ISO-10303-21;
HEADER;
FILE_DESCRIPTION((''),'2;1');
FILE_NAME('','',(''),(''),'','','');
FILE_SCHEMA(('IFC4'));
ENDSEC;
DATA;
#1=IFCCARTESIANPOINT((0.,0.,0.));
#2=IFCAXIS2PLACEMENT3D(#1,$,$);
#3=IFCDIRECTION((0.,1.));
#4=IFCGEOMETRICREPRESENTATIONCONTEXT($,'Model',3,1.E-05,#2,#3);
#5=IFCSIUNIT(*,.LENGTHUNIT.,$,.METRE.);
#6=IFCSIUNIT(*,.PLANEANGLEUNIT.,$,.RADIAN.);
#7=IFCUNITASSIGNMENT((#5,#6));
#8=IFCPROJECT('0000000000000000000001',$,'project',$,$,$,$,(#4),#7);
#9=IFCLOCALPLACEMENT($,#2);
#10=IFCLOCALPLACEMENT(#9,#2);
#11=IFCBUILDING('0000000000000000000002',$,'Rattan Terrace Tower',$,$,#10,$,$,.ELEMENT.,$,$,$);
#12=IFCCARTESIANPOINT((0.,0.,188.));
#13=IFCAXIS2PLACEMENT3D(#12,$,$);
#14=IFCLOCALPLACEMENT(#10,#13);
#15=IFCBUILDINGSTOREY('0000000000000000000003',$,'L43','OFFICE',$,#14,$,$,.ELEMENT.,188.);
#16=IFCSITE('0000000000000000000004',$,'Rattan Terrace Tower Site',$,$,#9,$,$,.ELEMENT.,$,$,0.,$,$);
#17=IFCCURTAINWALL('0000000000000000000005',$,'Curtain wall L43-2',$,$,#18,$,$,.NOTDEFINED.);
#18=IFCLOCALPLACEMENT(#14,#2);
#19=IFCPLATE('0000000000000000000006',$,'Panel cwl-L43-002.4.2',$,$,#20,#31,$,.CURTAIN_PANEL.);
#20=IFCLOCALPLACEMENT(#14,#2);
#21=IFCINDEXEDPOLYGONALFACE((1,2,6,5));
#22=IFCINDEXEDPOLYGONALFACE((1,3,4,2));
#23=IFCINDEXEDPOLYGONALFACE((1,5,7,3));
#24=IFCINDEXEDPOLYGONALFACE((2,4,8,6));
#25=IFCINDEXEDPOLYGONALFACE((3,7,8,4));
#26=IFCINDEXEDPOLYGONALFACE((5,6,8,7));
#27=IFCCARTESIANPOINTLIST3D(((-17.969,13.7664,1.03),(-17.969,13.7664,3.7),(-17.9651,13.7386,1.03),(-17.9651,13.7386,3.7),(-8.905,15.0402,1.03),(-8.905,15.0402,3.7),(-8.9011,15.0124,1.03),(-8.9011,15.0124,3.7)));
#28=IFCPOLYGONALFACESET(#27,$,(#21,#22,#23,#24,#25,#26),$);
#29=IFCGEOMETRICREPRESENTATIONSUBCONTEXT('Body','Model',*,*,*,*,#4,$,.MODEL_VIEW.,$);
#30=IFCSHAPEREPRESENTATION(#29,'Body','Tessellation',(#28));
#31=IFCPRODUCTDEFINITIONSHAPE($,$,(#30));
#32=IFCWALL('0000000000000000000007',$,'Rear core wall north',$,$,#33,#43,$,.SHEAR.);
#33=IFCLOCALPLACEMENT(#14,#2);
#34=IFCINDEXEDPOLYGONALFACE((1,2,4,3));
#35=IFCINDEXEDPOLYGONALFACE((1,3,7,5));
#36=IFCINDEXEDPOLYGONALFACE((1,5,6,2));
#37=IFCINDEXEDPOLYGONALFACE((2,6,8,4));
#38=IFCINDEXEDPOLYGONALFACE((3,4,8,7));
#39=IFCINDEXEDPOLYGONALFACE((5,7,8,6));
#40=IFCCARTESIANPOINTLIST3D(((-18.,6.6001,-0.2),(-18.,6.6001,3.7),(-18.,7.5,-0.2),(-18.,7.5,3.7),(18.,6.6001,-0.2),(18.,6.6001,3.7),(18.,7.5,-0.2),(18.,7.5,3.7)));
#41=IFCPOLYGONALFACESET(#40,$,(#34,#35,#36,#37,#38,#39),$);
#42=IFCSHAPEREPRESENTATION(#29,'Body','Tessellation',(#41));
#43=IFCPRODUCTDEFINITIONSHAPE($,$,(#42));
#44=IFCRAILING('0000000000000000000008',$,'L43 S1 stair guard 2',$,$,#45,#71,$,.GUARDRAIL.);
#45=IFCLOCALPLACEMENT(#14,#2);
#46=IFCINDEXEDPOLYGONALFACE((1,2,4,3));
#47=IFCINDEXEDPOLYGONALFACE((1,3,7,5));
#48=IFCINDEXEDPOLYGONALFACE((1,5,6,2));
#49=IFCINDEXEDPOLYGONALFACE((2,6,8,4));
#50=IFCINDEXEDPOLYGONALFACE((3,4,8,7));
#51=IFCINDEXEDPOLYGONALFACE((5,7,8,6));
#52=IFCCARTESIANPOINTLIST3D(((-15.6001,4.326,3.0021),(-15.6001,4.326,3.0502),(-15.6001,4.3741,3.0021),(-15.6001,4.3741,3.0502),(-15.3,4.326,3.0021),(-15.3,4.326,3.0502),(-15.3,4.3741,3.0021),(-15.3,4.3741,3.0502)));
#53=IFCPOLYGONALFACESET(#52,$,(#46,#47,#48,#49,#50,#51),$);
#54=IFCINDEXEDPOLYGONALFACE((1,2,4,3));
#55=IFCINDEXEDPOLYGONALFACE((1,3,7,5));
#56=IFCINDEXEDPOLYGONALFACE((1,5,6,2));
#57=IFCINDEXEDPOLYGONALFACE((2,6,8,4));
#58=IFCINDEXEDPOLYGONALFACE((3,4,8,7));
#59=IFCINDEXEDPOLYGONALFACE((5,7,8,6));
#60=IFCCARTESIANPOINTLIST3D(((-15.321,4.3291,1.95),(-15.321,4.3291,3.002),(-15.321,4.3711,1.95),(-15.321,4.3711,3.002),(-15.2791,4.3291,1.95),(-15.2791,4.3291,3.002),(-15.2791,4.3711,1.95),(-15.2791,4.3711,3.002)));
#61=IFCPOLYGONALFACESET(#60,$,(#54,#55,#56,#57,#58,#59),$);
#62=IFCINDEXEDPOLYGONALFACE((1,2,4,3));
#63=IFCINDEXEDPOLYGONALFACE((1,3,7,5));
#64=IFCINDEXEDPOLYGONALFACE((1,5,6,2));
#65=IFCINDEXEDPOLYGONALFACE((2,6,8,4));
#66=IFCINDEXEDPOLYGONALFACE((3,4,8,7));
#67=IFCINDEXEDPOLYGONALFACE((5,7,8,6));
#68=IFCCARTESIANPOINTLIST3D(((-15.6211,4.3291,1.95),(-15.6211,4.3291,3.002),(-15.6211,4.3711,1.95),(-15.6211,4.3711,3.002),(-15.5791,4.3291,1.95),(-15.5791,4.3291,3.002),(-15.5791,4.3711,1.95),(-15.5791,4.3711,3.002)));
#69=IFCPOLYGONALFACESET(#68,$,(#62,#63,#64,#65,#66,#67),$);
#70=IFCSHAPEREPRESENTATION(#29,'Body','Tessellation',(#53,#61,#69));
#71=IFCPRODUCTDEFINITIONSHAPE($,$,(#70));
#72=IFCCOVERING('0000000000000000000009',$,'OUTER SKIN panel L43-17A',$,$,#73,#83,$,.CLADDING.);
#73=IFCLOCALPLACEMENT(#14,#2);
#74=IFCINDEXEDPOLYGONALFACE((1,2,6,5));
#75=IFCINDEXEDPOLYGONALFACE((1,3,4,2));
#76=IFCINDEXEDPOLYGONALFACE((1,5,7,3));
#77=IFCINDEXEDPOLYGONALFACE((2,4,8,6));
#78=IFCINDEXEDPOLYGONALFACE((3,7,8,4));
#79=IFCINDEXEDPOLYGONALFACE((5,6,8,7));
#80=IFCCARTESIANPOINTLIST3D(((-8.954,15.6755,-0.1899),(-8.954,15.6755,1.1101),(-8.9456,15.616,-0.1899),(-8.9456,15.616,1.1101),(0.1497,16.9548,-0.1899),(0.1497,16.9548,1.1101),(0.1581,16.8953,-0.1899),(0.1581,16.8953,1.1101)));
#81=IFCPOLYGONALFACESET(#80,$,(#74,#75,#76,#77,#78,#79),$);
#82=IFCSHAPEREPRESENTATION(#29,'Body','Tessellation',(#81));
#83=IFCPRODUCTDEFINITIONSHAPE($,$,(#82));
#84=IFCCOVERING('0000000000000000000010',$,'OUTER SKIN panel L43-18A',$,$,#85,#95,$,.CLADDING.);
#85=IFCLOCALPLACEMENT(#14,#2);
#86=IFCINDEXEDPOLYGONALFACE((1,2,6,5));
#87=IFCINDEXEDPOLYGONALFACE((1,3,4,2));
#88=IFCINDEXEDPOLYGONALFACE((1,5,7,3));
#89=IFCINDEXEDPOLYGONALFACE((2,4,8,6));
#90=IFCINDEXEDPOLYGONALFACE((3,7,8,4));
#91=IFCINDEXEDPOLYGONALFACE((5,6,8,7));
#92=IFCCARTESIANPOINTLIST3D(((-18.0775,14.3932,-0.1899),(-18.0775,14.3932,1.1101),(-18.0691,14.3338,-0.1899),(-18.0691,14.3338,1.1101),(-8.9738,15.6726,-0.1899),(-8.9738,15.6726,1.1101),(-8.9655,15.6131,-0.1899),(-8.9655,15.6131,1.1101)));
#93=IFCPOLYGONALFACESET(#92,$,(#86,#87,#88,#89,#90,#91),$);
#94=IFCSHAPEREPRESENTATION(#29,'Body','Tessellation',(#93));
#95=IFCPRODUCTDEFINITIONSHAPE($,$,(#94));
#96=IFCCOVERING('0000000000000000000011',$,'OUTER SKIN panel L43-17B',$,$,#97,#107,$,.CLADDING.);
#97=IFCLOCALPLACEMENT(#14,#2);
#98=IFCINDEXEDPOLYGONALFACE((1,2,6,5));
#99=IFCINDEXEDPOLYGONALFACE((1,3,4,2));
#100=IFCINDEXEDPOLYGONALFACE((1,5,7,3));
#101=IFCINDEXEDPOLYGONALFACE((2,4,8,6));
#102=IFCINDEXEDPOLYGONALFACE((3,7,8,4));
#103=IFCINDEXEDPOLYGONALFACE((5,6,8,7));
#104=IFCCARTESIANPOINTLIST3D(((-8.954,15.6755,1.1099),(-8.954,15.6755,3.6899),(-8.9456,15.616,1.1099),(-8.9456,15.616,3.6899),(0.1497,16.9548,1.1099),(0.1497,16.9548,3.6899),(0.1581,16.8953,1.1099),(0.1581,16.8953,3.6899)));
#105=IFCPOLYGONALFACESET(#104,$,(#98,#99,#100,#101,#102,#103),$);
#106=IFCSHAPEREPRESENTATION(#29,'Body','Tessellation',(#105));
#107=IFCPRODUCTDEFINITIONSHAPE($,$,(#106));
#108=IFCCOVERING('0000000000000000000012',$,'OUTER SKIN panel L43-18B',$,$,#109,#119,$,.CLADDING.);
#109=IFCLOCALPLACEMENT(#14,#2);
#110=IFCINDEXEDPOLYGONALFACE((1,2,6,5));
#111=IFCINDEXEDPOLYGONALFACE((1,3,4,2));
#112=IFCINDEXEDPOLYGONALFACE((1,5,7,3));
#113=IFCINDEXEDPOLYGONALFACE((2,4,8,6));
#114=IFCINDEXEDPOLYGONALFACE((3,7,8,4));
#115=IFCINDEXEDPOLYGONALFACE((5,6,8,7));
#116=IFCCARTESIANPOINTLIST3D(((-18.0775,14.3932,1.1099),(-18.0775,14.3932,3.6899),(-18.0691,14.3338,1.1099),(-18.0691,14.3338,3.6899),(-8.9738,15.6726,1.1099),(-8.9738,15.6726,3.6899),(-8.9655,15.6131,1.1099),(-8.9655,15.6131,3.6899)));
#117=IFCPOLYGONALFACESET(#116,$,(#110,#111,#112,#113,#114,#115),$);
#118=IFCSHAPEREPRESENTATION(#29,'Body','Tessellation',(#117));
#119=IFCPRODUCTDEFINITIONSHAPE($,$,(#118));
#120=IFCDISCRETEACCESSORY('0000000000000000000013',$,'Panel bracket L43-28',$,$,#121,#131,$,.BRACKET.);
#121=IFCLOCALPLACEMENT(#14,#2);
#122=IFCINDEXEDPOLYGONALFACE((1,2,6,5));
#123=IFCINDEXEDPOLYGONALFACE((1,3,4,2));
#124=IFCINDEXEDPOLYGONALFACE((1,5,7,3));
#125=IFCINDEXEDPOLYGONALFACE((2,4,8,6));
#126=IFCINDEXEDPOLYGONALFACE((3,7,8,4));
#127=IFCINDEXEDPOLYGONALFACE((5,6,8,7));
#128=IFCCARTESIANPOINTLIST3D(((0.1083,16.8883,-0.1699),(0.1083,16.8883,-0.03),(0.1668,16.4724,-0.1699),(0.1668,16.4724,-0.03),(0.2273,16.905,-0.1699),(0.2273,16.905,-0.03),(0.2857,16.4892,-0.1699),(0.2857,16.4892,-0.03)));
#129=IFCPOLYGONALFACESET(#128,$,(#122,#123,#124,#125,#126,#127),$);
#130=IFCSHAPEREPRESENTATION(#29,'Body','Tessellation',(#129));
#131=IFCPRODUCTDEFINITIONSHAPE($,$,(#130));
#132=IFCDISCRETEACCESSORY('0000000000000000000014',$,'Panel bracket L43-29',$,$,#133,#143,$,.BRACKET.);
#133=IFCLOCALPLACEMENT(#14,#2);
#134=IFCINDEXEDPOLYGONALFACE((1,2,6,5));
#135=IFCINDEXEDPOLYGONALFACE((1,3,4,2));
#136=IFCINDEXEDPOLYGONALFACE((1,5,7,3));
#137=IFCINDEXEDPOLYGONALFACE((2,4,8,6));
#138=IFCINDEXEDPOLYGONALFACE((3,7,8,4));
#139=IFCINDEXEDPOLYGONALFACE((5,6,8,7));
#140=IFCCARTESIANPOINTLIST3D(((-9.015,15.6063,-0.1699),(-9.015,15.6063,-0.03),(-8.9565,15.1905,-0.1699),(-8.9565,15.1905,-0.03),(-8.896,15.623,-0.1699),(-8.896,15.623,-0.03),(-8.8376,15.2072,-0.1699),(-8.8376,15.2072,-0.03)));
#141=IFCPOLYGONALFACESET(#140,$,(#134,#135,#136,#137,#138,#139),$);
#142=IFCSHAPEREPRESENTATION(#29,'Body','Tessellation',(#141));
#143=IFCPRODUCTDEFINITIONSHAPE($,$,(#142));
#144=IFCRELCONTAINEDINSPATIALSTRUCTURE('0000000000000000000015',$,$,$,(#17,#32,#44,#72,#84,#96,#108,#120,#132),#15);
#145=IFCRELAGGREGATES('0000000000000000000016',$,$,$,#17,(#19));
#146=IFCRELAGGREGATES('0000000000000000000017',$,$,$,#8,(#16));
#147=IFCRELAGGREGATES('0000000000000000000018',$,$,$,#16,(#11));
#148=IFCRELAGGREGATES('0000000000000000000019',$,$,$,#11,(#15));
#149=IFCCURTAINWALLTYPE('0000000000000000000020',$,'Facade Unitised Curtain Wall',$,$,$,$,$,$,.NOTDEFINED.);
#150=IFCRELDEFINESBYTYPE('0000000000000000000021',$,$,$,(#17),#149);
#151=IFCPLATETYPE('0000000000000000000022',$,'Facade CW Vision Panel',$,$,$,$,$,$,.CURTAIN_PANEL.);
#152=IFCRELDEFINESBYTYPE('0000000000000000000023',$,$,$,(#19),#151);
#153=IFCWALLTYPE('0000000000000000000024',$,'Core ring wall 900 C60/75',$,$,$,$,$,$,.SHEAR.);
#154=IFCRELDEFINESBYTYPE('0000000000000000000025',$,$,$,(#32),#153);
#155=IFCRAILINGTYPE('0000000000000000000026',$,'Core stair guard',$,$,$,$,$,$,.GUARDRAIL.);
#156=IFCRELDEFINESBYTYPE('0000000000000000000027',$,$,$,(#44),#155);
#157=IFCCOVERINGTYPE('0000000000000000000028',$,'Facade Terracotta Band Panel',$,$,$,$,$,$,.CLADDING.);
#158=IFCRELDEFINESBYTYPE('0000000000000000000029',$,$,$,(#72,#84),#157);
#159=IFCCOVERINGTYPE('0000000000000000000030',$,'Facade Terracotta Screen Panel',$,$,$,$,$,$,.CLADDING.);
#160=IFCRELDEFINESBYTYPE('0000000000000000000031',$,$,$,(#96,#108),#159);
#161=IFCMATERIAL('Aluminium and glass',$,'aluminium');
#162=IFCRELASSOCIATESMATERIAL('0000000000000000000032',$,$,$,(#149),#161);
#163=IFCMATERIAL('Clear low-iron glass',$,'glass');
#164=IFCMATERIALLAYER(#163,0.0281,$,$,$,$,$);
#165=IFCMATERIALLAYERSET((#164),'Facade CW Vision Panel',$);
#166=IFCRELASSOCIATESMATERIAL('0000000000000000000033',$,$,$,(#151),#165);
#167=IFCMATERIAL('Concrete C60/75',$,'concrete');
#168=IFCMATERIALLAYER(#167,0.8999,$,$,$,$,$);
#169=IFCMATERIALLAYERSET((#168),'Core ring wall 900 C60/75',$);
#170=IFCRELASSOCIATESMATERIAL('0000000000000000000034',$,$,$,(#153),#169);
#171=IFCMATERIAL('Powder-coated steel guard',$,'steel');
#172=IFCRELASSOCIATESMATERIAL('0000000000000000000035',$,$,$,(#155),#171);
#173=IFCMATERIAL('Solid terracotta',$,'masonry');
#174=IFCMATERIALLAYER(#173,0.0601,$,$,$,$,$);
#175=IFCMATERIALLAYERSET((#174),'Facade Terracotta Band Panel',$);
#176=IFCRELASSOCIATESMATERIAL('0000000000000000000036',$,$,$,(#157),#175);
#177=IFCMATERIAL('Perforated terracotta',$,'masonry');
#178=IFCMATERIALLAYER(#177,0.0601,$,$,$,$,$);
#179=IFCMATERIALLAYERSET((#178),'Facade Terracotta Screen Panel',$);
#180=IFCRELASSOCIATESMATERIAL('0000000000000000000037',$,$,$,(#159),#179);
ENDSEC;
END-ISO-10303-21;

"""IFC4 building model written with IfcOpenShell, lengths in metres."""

from ifc_helpers import new_model, si_unit, direction, frame, frame_2d, origin, origin_2d, place, context, subcontext, project, spatial, rectangle, extrude, material, layer, layer_set, type_object, element, aggregate, save


model = new_model("IFC4")

# Units and contexts
model_context = context("Model", 3, precision=1e-05, world=origin(), true_north=direction((0.0, 1.0)))
body_context = subcontext(model_context, "Body", "Model", "MODEL_VIEW")
ifc_project = project(units=[si_unit("LENGTHUNIT", "METRE"), si_unit("PLANEANGLEUNIT", "RADIAN")], contexts=[model_context])

# Site, building, storey
site_placement = place(None, origin())
site = spatial("IfcSite", under=ifc_project, at=site_placement, Name="Rattan Terrace Tower Site", CompositionType="ELEMENT", RefElevation=0.0)
building_placement = place(site_placement, origin())
building = spatial("IfcBuilding", under=site, at=building_placement, Name="Rattan Terrace Tower", CompositionType="ELEMENT")
storey_placement = place(building_placement, frame((0.0, 0.0, 188.0)))
storey = spatial("IfcBuildingStorey", under=building, at=storey_placement, Name="L43", Description="OFFICE", CompositionType="ELEMENT", Elevation=188.0)

# Curtain wall
ifc_material_1 = material(Name="Aluminium and glass", Category="aluminium")
curtain_wall_type = type_object("IfcCurtainWallType", Name="Facade Unitised Curtain Wall", PredefinedType="NOTDEFINED", material=ifc_material_1)
curtain_wall_placement = place(storey_placement, origin())
curtain_wall = element("IfcCurtainWall", 1, at=curtain_wall_placement, inside=storey, type_object=curtain_wall_type, Name="Curtain wall L43-2", PredefinedType="NOTDEFINED")

# Plate
ifc_material_2 = material(Name="Clear low-iron glass", Category="glass")
ifc_layer_1 = layer(ifc_material_2, 0.0281)
ifc_layer_set_1 = layer_set([ifc_layer_1], Name="Facade CW Vision Panel")
plate_type_1 = type_object("IfcPlateType", Name="Facade CW Vision Panel", PredefinedType="CURTAIN_PANEL", material=ifc_layer_set_1)
plate_1_placement = place(storey_placement, frame((-13.4351, 14.3894, 1.03), z_axis=(0.0, 0.0, 1.0), x_axis=(-0.99027, -0.139161, 0.0)))
plate_1 = element("IfcPlate", 2, at=plate_1_placement, type_object=plate_type_1, Name="Panel cwl-L43-002.4.2", PredefinedType="CURTAIN_PANEL", context=body_context, shape_type="SweptSolid", body=[
    extrude(rectangle(XDim=9.1531, YDim=0.0281, at=origin_2d()), origin(), (0.0, 0.0, 1.0), 2.6699),
])
aggregate(curtain_wall, [plate_1])

# Wall
ifc_material_3 = material(Name="Concrete C60/75", Category="concrete")
ifc_layer_2 = layer(ifc_material_3, 0.8999)
ifc_layer_set_2 = layer_set([ifc_layer_2], Name="Core ring wall 900 C60/75")
wall_type = type_object("IfcWallType", Name="Core ring wall 900 C60/75", PredefinedType="SHEAR", material=ifc_layer_set_2)
wall_placement = place(storey_placement, frame((-18.0, 7.05, -0.2), z_axis=(0.0, 0.0, 1.0), x_axis=(1.0, 0.0, 0.0)))
element("IfcWall", 3, at=wall_placement, inside=storey, type_object=wall_type, Name="Rear core wall north", PredefinedType="SHEAR", context=body_context, shape_type="SweptSolid", body=[
    extrude(rectangle(XDim=36.0, YDim=0.8999, at=frame_2d((18.0, 0.0))), origin(), (0.0, 0.0, 1.0), 3.8999),
])

# Railing
ifc_material_4 = material(Name="Powder-coated steel guard", Category="steel")
railing_type = type_object("IfcRailingType", Name="Core stair guard", PredefinedType="GUARDRAIL", material=ifc_material_4)
railing_placement = place(storey_placement, frame((-15.3, 4.3501, 1.95)))
element("IfcRailing", 4, at=railing_placement, inside=storey, type_object=railing_type, Name="L43 S1 stair guard 2", PredefinedType="GUARDRAIL", context=body_context, shape_type="SweptSolid", body=[
    extrude(rectangle(XDim=0.0481, YDim=0.0481, at=origin_2d()), frame((0.0, 0.0, 1.0762), z_axis=(-1.0, 0.0, 0.0), x_axis=(0.0, -1.0, 0.0)), (0.0, 0.0, 1.0), 0.3),
    extrude(rectangle(XDim=0.042, YDim=0.042, at=origin_2d()), origin(), (0.0, 0.0, 1.0), 1.052),
    extrude(rectangle(XDim=0.042, YDim=0.042, at=origin_2d()), frame((-0.3, 0.0, 0.0)), (0.0, 0.0, 1.0), 1.052),
])

# Coverings
ifc_material_5 = material(Name="Solid terracotta", Category="masonry")
ifc_layer_3 = layer(ifc_material_5, 0.0601)
ifc_layer_set_3 = layer_set([ifc_layer_3], Name="Facade Terracotta Band Panel")
covering_type_1 = type_object("IfcCoveringType", Name="Facade Terracotta Band Panel", PredefinedType="CLADDING", material=ifc_layer_set_3)
for number, where, z_axis, x_axis, name in (
    (5, (-4.3979, 16.2854, -0.1899), (0.0, 0.0, 1.0), (-0.99027, -0.139161, 0.0), "OUTER SKIN panel L43-17A"),
    (6, (-13.5215, 15.0032, -0.1899), (0.0, 0.0, 1.0), (-0.99027, -0.139161, 0.0), "OUTER SKIN panel L43-18A"),
):
    element("IfcCovering", number, at=place(storey_placement, frame(where, z_axis=z_axis, x_axis=x_axis)), inside=storey, type_object=covering_type_1, Name=name, PredefinedType="CLADDING", context=body_context, shape_type="SweptSolid", body=[
        extrude(rectangle(XDim=9.1931, YDim=0.0601, at=origin_2d()), origin(), (0.0, 0.0, 1.0), 1.3),
    ])
ifc_material_6 = material(Name="Perforated terracotta", Category="masonry")
ifc_layer_4 = layer(ifc_material_6, 0.0601)
ifc_layer_set_4 = layer_set([ifc_layer_4], Name="Facade Terracotta Screen Panel")
covering_type_2 = type_object("IfcCoveringType", Name="Facade Terracotta Screen Panel", PredefinedType="CLADDING", material=ifc_layer_set_4)
for number, where, z_axis, x_axis, name in (
    (7, (-4.3979, 16.2854, 1.1099), (0.0, 0.0, 1.0), (-0.99027, -0.139161, 0.0), "OUTER SKIN panel L43-17B"),
    (8, (-13.5215, 15.0032, 1.1099), (0.0, 0.0, 1.0), (-0.99027, -0.139161, 0.0), "OUTER SKIN panel L43-18B"),
):
    element("IfcCovering", number, at=place(storey_placement, frame(where, z_axis=z_axis, x_axis=x_axis)), inside=storey, type_object=covering_type_2, Name=name, PredefinedType="CLADDING", context=body_context, shape_type="SweptSolid", body=[
        extrude(rectangle(XDim=9.1931, YDim=0.0601, at=origin_2d()), origin(), (0.0, 0.0, 1.0), 2.5801),
    ])

# Discrete accessories
for number, where, z_axis, x_axis, name in (
    (9, (0.197, 16.6887, -0.1699), (0.0, 0.0, 1.0), (-0.99027, -0.139161, 0.0), "Panel bracket L43-28"),
    (10, (-8.9263, 15.4067, -0.1699), (0.0, 0.0, 1.0), (-0.99027, -0.139161, 0.0), "Panel bracket L43-29"),
):
    element("IfcDiscreteAccessory", number, at=place(storey_placement, frame(where, z_axis=z_axis, x_axis=x_axis)), inside=storey, Name=name, PredefinedType="BRACKET", context=body_context, shape_type="SweptSolid", body=[
        extrude(rectangle(XDim=0.1201, YDim=0.4199, at=origin_2d()), origin(), (0.0, 0.0, 1.0), 0.1399),
    ])

save(model, "model.ifc")
